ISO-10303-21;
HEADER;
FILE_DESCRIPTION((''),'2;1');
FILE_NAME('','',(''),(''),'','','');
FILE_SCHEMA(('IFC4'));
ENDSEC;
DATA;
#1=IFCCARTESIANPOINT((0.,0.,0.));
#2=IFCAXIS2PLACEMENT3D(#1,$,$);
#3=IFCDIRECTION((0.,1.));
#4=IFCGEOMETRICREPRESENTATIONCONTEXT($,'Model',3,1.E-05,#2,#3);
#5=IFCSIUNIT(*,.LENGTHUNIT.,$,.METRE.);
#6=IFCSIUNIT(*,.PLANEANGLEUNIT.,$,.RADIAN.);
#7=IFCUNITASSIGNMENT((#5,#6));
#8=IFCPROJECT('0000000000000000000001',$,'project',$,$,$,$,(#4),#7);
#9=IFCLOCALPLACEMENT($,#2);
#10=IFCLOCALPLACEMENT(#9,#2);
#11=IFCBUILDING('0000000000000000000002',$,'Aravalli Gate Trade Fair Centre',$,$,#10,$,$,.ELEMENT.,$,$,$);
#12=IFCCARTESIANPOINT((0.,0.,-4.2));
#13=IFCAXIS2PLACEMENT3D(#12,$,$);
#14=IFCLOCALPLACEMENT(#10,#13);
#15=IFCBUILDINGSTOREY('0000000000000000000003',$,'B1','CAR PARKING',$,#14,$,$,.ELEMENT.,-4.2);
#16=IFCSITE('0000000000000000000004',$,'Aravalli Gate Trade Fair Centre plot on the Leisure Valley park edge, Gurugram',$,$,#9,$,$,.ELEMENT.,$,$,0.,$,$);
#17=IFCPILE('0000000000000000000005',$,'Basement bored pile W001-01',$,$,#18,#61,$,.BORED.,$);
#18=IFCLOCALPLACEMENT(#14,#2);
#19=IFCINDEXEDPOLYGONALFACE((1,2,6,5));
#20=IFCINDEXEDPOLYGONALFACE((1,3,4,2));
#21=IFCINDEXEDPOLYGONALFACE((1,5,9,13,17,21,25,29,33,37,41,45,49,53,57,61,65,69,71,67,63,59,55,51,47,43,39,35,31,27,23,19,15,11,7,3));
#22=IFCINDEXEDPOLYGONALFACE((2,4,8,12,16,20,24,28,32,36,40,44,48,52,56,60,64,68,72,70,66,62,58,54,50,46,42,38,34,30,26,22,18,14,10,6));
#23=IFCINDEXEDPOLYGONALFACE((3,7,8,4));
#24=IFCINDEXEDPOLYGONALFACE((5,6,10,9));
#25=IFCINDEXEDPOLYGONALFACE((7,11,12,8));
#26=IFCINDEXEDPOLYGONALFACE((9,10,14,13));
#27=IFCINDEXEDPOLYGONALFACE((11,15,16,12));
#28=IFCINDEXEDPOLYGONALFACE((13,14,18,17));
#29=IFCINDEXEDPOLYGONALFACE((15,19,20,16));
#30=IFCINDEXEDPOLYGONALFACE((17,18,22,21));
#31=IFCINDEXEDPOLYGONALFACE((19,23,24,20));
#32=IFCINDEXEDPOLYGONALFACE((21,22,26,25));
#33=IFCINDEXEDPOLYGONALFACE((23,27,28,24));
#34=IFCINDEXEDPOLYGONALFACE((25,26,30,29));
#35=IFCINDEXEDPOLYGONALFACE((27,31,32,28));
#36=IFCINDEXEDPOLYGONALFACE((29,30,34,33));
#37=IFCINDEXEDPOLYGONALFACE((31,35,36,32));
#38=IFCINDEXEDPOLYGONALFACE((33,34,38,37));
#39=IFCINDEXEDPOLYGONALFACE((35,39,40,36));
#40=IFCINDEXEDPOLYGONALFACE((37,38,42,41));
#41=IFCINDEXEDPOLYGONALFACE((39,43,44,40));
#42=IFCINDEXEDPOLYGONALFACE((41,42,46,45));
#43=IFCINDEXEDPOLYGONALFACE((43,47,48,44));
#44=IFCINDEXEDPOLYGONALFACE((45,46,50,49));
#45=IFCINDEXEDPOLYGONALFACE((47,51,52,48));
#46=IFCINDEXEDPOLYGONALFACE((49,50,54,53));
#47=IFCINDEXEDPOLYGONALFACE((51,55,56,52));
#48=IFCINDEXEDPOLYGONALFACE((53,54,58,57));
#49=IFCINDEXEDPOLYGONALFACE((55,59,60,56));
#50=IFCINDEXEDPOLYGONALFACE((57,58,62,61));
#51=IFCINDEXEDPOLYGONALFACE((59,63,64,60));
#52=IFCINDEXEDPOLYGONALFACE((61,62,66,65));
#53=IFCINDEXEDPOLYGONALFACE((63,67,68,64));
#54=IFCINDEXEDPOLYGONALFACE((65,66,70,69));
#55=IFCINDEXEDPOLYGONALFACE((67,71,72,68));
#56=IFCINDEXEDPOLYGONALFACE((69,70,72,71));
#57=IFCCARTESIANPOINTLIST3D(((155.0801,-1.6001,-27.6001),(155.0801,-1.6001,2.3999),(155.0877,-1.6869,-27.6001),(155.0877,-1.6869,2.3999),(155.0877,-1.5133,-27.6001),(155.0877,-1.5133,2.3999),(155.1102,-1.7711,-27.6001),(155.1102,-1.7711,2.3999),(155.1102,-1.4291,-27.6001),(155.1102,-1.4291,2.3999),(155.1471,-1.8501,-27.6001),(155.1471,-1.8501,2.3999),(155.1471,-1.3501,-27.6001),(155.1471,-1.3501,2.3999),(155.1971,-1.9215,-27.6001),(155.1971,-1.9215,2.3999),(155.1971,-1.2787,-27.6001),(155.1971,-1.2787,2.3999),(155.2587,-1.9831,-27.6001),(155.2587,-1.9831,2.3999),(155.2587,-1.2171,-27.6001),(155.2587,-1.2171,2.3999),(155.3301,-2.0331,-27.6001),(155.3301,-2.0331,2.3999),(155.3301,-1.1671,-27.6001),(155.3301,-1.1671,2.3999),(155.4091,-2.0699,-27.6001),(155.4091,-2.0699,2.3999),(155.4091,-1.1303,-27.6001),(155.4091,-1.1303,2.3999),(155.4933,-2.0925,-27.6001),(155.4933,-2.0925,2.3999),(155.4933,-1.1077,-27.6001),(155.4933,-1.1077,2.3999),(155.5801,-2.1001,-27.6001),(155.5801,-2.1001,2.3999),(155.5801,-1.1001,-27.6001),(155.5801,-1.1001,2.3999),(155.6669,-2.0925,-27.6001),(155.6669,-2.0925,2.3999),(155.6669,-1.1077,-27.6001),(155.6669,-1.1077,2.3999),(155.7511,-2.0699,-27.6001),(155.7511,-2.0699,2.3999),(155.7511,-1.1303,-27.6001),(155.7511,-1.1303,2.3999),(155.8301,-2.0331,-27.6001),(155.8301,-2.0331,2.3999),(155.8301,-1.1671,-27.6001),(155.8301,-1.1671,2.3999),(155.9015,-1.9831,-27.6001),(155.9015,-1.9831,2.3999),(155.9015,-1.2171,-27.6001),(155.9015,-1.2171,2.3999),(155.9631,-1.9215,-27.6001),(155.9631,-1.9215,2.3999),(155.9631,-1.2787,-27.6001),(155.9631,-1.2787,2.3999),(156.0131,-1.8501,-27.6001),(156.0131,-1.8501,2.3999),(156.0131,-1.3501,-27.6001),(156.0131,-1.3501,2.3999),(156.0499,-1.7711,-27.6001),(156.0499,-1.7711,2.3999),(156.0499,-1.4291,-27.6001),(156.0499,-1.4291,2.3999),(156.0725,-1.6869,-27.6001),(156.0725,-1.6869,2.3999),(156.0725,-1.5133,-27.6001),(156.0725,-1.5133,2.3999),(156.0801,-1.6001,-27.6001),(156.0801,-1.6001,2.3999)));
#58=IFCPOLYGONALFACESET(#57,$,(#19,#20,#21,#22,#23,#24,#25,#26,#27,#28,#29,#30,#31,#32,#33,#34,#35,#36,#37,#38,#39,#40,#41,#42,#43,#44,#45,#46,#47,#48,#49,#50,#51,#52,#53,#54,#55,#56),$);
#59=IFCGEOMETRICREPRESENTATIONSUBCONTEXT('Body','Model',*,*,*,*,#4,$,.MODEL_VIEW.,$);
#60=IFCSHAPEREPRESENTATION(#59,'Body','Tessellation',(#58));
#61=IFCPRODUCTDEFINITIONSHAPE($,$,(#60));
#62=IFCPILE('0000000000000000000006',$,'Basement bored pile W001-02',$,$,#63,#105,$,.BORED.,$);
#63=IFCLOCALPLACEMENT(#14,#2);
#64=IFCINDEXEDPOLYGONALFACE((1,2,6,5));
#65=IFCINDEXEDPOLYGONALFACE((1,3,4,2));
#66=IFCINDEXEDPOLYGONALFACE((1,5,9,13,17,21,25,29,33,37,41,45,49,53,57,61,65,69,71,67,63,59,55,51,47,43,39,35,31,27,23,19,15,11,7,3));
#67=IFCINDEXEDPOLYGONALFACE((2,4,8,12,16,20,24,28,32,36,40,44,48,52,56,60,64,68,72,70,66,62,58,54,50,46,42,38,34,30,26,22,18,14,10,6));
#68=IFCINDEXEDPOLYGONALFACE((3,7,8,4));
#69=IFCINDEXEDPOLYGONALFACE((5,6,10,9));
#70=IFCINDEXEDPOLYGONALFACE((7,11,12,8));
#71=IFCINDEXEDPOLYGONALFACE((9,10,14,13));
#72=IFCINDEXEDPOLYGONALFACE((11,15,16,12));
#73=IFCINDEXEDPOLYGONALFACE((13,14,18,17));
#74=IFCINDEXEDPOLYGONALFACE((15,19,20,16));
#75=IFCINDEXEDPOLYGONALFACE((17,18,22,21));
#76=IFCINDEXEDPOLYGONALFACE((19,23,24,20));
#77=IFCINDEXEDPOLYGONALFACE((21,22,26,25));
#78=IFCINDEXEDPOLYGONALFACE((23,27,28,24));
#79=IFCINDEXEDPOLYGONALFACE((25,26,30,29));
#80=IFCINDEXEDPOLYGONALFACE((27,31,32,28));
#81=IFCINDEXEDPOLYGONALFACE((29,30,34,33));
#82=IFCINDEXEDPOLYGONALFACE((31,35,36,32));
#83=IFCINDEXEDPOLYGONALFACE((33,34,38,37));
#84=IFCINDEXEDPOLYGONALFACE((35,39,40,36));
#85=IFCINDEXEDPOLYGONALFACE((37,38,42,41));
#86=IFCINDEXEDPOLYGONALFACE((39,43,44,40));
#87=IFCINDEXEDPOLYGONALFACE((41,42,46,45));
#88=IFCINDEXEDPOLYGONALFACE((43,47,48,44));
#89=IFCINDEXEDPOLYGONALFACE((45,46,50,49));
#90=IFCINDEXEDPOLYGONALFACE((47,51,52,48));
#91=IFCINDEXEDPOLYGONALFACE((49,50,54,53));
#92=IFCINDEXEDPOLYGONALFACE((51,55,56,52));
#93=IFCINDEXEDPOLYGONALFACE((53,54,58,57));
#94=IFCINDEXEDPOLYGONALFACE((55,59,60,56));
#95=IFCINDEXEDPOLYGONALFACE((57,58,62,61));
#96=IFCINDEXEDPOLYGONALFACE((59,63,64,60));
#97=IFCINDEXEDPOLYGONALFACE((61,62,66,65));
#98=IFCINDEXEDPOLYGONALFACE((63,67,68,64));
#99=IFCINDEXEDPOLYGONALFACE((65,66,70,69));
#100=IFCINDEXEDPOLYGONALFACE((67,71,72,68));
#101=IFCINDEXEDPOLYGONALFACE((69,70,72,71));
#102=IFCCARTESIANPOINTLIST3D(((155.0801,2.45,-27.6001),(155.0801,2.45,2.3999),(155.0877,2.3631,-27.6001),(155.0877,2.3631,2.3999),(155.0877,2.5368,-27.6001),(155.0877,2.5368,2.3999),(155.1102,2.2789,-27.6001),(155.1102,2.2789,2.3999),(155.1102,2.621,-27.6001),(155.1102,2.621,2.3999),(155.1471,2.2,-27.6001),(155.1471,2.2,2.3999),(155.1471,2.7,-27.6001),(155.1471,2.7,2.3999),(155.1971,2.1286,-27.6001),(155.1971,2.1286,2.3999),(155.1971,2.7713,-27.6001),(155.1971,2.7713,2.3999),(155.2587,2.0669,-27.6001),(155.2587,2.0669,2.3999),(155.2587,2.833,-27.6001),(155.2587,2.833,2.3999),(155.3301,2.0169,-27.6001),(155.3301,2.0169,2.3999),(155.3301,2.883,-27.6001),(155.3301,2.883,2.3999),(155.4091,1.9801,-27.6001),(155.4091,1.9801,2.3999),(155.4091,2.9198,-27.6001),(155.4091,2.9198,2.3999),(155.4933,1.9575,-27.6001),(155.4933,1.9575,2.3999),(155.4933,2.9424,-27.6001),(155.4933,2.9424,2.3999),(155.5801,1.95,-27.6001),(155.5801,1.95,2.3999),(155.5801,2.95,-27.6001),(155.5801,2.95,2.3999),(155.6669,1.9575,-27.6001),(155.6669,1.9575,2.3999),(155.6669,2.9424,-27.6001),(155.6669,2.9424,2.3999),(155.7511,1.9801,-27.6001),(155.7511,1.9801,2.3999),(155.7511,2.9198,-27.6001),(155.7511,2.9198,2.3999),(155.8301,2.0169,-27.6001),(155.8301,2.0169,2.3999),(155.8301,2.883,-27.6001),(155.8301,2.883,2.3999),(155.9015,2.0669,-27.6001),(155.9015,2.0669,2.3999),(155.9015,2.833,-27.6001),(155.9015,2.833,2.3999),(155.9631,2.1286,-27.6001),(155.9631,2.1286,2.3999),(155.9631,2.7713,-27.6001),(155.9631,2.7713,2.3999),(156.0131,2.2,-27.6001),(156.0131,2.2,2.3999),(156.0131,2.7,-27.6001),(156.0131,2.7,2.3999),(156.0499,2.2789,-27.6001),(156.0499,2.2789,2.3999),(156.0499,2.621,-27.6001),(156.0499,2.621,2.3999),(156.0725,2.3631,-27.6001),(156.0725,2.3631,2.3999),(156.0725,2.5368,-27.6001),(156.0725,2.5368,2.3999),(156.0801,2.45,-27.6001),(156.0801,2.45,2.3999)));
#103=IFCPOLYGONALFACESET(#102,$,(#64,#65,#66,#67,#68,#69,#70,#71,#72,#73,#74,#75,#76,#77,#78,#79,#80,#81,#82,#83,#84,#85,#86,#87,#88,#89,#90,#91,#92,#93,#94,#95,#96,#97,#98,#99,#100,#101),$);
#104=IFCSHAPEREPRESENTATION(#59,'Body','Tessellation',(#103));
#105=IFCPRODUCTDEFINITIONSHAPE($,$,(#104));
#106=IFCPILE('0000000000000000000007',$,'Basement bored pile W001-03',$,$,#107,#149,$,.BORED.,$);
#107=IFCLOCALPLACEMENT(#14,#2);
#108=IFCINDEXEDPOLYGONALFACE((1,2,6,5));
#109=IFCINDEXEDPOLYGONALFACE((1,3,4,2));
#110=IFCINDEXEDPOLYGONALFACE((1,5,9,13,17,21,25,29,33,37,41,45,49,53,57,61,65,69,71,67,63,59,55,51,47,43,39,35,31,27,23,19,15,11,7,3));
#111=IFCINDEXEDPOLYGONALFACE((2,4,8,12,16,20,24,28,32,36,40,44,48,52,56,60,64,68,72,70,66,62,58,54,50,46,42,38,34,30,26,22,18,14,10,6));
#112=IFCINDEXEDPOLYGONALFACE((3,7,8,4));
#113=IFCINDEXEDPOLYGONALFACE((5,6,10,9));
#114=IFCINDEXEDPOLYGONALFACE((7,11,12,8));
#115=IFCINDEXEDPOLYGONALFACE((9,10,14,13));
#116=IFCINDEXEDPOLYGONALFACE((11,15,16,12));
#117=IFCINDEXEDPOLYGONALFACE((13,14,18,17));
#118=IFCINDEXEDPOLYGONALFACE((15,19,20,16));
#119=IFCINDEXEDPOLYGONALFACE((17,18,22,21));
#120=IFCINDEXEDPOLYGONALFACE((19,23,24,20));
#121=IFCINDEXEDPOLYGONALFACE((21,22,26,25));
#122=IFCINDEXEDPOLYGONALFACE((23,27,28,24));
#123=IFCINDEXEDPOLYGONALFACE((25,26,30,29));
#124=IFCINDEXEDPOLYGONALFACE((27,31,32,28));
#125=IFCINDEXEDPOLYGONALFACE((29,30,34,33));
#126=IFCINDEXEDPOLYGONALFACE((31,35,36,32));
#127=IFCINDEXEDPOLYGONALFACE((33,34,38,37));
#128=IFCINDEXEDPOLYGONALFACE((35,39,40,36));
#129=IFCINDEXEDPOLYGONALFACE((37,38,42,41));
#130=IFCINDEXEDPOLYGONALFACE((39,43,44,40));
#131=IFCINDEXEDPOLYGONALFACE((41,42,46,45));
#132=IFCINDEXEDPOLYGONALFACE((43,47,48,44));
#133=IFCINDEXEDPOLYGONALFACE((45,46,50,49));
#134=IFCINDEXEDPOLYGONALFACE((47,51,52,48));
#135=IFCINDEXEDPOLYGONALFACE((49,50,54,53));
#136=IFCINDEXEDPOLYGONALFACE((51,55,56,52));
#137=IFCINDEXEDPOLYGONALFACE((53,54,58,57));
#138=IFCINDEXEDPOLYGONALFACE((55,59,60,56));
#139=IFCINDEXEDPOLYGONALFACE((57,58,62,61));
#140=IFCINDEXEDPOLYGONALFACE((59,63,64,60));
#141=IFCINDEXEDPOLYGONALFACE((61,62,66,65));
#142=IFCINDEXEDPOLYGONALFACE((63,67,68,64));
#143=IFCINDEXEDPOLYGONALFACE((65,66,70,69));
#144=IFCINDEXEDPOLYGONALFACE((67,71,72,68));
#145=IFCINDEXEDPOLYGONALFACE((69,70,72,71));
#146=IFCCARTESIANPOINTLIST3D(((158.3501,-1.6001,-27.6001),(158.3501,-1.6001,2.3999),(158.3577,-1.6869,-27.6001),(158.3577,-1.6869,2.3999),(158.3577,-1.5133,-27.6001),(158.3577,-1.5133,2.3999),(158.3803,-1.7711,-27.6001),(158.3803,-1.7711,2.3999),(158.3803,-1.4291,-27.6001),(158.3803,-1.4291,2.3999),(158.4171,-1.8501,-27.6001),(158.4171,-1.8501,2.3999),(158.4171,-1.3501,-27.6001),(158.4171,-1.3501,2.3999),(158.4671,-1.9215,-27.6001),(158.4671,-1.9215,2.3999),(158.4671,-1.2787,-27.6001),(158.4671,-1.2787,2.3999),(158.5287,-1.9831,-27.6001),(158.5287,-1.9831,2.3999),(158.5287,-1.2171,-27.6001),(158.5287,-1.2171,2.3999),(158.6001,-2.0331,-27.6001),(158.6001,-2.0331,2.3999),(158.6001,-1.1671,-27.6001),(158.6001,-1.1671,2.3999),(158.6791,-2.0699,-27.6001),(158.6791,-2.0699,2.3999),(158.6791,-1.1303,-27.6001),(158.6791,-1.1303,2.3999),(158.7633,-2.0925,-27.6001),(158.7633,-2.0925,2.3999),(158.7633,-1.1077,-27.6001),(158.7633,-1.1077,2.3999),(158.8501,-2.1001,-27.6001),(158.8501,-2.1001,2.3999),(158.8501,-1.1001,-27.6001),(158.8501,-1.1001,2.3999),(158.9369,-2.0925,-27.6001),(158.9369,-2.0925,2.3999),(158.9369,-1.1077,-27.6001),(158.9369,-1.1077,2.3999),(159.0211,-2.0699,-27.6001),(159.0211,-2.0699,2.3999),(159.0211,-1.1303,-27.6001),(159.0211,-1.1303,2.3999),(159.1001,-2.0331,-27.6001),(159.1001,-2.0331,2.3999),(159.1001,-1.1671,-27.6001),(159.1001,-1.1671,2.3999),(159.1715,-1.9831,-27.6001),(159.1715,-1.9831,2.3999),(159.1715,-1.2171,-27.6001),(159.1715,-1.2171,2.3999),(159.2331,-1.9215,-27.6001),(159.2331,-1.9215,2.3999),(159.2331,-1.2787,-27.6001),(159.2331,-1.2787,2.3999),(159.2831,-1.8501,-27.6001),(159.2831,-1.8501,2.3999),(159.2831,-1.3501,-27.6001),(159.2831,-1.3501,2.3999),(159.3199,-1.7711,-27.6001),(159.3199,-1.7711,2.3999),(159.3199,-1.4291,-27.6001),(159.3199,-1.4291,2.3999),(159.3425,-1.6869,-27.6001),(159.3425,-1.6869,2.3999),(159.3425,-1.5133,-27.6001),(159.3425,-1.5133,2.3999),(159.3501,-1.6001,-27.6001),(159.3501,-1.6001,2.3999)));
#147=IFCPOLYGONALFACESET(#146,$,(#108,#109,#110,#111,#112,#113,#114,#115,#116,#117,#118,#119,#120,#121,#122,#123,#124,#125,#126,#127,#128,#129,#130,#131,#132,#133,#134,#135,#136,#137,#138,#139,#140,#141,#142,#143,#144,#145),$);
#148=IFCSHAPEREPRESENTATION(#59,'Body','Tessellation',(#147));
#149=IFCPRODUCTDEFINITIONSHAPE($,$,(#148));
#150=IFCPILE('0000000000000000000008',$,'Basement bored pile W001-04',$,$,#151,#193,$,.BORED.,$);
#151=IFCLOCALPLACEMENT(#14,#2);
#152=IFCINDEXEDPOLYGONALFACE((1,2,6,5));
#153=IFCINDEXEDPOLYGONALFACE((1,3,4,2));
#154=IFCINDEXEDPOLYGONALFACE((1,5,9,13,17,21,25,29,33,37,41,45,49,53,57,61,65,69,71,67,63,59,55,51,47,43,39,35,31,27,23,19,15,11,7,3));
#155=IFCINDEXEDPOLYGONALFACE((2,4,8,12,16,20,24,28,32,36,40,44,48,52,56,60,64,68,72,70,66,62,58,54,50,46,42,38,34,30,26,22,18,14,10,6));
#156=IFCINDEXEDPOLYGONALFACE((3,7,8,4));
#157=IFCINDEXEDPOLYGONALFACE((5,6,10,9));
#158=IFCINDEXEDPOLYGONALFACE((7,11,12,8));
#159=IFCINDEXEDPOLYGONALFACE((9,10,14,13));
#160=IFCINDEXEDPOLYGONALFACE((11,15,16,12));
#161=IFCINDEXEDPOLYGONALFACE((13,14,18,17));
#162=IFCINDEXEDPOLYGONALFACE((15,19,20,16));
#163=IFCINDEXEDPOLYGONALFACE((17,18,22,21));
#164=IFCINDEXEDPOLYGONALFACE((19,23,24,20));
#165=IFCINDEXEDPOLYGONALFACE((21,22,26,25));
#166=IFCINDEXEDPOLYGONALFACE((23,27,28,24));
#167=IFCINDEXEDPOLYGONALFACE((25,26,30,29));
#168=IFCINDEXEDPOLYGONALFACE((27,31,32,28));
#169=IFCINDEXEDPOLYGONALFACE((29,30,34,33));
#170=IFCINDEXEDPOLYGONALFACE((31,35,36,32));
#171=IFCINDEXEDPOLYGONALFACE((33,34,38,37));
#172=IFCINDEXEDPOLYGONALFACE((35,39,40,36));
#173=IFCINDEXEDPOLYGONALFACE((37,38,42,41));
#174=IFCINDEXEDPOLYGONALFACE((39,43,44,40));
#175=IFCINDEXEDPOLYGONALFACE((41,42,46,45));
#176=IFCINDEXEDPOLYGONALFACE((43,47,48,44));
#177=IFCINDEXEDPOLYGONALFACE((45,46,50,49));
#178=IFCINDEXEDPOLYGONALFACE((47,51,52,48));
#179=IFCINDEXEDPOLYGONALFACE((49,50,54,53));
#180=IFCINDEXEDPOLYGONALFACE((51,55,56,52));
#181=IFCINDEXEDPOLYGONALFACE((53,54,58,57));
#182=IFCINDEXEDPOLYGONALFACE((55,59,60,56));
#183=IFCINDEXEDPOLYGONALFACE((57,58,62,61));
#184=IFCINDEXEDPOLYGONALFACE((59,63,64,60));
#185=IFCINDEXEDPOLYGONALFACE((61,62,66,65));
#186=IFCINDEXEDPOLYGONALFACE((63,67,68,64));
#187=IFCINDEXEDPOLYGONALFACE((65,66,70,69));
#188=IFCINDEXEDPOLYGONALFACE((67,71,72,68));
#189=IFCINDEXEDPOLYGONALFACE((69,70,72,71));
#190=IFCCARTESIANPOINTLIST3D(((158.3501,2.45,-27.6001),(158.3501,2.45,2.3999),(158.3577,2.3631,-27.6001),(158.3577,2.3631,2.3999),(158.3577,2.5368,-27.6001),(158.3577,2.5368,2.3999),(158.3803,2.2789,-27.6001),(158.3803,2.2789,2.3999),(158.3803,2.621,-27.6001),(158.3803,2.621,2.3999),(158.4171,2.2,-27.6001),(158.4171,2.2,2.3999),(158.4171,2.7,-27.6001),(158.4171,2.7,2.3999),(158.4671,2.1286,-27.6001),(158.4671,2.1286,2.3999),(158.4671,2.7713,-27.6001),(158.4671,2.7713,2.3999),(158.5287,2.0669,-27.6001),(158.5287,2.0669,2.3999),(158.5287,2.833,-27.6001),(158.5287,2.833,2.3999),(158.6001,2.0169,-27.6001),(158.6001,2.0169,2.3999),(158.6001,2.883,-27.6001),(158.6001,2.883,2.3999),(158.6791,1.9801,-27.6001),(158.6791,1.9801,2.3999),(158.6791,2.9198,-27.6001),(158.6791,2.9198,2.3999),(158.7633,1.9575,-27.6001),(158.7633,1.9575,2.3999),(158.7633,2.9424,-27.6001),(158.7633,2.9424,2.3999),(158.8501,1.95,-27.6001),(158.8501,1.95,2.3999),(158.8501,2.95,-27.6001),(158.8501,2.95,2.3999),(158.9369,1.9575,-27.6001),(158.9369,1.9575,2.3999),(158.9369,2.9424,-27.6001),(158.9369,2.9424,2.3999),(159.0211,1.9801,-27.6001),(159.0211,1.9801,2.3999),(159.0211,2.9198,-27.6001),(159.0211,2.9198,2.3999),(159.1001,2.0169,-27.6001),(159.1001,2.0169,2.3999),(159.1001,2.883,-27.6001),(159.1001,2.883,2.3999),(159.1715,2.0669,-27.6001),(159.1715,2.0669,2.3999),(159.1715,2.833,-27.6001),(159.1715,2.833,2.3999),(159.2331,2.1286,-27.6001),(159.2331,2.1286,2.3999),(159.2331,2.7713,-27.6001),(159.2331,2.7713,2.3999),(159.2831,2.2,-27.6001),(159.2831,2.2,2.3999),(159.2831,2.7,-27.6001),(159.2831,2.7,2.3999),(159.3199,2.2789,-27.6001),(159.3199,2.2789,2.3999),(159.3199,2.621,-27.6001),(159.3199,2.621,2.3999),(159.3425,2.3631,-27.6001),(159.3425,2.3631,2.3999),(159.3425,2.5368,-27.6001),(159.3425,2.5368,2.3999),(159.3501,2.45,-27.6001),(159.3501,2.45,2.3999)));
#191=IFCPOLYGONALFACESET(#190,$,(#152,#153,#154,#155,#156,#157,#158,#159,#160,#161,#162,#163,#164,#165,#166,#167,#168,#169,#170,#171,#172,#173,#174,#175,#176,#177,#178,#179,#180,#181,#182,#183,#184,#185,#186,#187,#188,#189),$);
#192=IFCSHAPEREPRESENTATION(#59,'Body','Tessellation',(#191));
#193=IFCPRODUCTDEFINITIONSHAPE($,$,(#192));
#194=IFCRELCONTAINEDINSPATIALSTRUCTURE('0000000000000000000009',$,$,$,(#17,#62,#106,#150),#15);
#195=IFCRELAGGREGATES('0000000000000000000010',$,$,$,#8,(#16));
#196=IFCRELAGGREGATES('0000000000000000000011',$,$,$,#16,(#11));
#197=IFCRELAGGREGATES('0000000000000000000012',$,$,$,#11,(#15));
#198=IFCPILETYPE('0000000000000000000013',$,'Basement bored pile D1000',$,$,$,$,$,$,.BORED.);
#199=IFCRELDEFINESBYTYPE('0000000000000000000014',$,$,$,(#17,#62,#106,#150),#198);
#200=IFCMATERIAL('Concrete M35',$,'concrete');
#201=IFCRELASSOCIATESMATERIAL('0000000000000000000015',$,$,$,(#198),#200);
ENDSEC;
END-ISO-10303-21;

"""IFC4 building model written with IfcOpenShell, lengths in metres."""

from ifc_helpers import new_model, si_unit, direction, frame, origin, origin_2d, place, context, subcontext, project, spatial, circle, extrude, material, material_profile, profile_set, type_object, element, save


model = new_model("IFC4")

# Units and contexts
model_context = context("Model", 3, precision=1e-05, world=origin(), true_north=direction((0.0, 1.0)))
body_context = subcontext(model_context, "Body", "Model", "MODEL_VIEW")
ifc_project = project(units=[si_unit("LENGTHUNIT", "METRE"), si_unit("PLANEANGLEUNIT", "RADIAN")], contexts=[model_context])

# Site, building, storey
site_placement = place(None, origin())
site = spatial("IfcSite", under=ifc_project, at=site_placement, Name="Aravalli Gate Trade Fair Centre plot on the Leisure Valley park edge, Gurugram", CompositionType="ELEMENT", RefElevation=0.0)
building_placement = place(site_placement, origin())
building = spatial("IfcBuilding", under=site, at=building_placement, Name="Aravalli Gate Trade Fair Centre", CompositionType="ELEMENT")
storey_placement = place(building_placement, frame((0.0, 0.0, -4.2)))
storey = spatial("IfcBuildingStorey", under=building, at=storey_placement, Name="B1", Description="CAR PARKING", CompositionType="ELEMENT", Elevation=-4.2)

# Piles
ifc_material = material(Name="Concrete M35", Category="concrete")
ifc_material_profile = material_profile(ifc_material, circle(Radius=0.5, at=origin_2d()), Name="D1000")
ifc_profile_set = profile_set([ifc_material_profile], Name="Concrete M35")
pile_type = type_object("IfcPileType", Name="Basement bored pile D1000", PredefinedType="BORED", material=ifc_profile_set)
for number, where, z_axis, x_axis, name in (
    (1, (155.5801, -1.6001, 2.3999), (0.0, 0.0, -1.0), (1.0, 0.0, 0.0), "Basement bored pile W001-01"),
    (2, (155.5801, 2.45, 2.3999), (0.0, 0.0, -1.0), (1.0, 0.0, 0.0), "Basement bored pile W001-02"),
    (3, (158.8501, -1.6001, 2.3999), (0.0, 0.0, -1.0), (1.0, 0.0, 0.0), "Basement bored pile W001-03"),
    (4, (158.8501, 2.45, 2.3999), (0.0, 0.0, -1.0), (1.0, 0.0, 0.0), "Basement bored pile W001-04"),
):
    element("IfcPile", number, at=place(storey_placement, frame(where, z_axis=z_axis, x_axis=x_axis)), inside=storey, type_object=pile_type, Name=name, PredefinedType="BORED", context=body_context, shape_type="SweptSolid", body=[
        extrude(circle(Radius=0.5, at=origin_2d()), origin(), (0.0, 0.0, 1.0), 30.0),
    ])

save(model, "model.ifc")
